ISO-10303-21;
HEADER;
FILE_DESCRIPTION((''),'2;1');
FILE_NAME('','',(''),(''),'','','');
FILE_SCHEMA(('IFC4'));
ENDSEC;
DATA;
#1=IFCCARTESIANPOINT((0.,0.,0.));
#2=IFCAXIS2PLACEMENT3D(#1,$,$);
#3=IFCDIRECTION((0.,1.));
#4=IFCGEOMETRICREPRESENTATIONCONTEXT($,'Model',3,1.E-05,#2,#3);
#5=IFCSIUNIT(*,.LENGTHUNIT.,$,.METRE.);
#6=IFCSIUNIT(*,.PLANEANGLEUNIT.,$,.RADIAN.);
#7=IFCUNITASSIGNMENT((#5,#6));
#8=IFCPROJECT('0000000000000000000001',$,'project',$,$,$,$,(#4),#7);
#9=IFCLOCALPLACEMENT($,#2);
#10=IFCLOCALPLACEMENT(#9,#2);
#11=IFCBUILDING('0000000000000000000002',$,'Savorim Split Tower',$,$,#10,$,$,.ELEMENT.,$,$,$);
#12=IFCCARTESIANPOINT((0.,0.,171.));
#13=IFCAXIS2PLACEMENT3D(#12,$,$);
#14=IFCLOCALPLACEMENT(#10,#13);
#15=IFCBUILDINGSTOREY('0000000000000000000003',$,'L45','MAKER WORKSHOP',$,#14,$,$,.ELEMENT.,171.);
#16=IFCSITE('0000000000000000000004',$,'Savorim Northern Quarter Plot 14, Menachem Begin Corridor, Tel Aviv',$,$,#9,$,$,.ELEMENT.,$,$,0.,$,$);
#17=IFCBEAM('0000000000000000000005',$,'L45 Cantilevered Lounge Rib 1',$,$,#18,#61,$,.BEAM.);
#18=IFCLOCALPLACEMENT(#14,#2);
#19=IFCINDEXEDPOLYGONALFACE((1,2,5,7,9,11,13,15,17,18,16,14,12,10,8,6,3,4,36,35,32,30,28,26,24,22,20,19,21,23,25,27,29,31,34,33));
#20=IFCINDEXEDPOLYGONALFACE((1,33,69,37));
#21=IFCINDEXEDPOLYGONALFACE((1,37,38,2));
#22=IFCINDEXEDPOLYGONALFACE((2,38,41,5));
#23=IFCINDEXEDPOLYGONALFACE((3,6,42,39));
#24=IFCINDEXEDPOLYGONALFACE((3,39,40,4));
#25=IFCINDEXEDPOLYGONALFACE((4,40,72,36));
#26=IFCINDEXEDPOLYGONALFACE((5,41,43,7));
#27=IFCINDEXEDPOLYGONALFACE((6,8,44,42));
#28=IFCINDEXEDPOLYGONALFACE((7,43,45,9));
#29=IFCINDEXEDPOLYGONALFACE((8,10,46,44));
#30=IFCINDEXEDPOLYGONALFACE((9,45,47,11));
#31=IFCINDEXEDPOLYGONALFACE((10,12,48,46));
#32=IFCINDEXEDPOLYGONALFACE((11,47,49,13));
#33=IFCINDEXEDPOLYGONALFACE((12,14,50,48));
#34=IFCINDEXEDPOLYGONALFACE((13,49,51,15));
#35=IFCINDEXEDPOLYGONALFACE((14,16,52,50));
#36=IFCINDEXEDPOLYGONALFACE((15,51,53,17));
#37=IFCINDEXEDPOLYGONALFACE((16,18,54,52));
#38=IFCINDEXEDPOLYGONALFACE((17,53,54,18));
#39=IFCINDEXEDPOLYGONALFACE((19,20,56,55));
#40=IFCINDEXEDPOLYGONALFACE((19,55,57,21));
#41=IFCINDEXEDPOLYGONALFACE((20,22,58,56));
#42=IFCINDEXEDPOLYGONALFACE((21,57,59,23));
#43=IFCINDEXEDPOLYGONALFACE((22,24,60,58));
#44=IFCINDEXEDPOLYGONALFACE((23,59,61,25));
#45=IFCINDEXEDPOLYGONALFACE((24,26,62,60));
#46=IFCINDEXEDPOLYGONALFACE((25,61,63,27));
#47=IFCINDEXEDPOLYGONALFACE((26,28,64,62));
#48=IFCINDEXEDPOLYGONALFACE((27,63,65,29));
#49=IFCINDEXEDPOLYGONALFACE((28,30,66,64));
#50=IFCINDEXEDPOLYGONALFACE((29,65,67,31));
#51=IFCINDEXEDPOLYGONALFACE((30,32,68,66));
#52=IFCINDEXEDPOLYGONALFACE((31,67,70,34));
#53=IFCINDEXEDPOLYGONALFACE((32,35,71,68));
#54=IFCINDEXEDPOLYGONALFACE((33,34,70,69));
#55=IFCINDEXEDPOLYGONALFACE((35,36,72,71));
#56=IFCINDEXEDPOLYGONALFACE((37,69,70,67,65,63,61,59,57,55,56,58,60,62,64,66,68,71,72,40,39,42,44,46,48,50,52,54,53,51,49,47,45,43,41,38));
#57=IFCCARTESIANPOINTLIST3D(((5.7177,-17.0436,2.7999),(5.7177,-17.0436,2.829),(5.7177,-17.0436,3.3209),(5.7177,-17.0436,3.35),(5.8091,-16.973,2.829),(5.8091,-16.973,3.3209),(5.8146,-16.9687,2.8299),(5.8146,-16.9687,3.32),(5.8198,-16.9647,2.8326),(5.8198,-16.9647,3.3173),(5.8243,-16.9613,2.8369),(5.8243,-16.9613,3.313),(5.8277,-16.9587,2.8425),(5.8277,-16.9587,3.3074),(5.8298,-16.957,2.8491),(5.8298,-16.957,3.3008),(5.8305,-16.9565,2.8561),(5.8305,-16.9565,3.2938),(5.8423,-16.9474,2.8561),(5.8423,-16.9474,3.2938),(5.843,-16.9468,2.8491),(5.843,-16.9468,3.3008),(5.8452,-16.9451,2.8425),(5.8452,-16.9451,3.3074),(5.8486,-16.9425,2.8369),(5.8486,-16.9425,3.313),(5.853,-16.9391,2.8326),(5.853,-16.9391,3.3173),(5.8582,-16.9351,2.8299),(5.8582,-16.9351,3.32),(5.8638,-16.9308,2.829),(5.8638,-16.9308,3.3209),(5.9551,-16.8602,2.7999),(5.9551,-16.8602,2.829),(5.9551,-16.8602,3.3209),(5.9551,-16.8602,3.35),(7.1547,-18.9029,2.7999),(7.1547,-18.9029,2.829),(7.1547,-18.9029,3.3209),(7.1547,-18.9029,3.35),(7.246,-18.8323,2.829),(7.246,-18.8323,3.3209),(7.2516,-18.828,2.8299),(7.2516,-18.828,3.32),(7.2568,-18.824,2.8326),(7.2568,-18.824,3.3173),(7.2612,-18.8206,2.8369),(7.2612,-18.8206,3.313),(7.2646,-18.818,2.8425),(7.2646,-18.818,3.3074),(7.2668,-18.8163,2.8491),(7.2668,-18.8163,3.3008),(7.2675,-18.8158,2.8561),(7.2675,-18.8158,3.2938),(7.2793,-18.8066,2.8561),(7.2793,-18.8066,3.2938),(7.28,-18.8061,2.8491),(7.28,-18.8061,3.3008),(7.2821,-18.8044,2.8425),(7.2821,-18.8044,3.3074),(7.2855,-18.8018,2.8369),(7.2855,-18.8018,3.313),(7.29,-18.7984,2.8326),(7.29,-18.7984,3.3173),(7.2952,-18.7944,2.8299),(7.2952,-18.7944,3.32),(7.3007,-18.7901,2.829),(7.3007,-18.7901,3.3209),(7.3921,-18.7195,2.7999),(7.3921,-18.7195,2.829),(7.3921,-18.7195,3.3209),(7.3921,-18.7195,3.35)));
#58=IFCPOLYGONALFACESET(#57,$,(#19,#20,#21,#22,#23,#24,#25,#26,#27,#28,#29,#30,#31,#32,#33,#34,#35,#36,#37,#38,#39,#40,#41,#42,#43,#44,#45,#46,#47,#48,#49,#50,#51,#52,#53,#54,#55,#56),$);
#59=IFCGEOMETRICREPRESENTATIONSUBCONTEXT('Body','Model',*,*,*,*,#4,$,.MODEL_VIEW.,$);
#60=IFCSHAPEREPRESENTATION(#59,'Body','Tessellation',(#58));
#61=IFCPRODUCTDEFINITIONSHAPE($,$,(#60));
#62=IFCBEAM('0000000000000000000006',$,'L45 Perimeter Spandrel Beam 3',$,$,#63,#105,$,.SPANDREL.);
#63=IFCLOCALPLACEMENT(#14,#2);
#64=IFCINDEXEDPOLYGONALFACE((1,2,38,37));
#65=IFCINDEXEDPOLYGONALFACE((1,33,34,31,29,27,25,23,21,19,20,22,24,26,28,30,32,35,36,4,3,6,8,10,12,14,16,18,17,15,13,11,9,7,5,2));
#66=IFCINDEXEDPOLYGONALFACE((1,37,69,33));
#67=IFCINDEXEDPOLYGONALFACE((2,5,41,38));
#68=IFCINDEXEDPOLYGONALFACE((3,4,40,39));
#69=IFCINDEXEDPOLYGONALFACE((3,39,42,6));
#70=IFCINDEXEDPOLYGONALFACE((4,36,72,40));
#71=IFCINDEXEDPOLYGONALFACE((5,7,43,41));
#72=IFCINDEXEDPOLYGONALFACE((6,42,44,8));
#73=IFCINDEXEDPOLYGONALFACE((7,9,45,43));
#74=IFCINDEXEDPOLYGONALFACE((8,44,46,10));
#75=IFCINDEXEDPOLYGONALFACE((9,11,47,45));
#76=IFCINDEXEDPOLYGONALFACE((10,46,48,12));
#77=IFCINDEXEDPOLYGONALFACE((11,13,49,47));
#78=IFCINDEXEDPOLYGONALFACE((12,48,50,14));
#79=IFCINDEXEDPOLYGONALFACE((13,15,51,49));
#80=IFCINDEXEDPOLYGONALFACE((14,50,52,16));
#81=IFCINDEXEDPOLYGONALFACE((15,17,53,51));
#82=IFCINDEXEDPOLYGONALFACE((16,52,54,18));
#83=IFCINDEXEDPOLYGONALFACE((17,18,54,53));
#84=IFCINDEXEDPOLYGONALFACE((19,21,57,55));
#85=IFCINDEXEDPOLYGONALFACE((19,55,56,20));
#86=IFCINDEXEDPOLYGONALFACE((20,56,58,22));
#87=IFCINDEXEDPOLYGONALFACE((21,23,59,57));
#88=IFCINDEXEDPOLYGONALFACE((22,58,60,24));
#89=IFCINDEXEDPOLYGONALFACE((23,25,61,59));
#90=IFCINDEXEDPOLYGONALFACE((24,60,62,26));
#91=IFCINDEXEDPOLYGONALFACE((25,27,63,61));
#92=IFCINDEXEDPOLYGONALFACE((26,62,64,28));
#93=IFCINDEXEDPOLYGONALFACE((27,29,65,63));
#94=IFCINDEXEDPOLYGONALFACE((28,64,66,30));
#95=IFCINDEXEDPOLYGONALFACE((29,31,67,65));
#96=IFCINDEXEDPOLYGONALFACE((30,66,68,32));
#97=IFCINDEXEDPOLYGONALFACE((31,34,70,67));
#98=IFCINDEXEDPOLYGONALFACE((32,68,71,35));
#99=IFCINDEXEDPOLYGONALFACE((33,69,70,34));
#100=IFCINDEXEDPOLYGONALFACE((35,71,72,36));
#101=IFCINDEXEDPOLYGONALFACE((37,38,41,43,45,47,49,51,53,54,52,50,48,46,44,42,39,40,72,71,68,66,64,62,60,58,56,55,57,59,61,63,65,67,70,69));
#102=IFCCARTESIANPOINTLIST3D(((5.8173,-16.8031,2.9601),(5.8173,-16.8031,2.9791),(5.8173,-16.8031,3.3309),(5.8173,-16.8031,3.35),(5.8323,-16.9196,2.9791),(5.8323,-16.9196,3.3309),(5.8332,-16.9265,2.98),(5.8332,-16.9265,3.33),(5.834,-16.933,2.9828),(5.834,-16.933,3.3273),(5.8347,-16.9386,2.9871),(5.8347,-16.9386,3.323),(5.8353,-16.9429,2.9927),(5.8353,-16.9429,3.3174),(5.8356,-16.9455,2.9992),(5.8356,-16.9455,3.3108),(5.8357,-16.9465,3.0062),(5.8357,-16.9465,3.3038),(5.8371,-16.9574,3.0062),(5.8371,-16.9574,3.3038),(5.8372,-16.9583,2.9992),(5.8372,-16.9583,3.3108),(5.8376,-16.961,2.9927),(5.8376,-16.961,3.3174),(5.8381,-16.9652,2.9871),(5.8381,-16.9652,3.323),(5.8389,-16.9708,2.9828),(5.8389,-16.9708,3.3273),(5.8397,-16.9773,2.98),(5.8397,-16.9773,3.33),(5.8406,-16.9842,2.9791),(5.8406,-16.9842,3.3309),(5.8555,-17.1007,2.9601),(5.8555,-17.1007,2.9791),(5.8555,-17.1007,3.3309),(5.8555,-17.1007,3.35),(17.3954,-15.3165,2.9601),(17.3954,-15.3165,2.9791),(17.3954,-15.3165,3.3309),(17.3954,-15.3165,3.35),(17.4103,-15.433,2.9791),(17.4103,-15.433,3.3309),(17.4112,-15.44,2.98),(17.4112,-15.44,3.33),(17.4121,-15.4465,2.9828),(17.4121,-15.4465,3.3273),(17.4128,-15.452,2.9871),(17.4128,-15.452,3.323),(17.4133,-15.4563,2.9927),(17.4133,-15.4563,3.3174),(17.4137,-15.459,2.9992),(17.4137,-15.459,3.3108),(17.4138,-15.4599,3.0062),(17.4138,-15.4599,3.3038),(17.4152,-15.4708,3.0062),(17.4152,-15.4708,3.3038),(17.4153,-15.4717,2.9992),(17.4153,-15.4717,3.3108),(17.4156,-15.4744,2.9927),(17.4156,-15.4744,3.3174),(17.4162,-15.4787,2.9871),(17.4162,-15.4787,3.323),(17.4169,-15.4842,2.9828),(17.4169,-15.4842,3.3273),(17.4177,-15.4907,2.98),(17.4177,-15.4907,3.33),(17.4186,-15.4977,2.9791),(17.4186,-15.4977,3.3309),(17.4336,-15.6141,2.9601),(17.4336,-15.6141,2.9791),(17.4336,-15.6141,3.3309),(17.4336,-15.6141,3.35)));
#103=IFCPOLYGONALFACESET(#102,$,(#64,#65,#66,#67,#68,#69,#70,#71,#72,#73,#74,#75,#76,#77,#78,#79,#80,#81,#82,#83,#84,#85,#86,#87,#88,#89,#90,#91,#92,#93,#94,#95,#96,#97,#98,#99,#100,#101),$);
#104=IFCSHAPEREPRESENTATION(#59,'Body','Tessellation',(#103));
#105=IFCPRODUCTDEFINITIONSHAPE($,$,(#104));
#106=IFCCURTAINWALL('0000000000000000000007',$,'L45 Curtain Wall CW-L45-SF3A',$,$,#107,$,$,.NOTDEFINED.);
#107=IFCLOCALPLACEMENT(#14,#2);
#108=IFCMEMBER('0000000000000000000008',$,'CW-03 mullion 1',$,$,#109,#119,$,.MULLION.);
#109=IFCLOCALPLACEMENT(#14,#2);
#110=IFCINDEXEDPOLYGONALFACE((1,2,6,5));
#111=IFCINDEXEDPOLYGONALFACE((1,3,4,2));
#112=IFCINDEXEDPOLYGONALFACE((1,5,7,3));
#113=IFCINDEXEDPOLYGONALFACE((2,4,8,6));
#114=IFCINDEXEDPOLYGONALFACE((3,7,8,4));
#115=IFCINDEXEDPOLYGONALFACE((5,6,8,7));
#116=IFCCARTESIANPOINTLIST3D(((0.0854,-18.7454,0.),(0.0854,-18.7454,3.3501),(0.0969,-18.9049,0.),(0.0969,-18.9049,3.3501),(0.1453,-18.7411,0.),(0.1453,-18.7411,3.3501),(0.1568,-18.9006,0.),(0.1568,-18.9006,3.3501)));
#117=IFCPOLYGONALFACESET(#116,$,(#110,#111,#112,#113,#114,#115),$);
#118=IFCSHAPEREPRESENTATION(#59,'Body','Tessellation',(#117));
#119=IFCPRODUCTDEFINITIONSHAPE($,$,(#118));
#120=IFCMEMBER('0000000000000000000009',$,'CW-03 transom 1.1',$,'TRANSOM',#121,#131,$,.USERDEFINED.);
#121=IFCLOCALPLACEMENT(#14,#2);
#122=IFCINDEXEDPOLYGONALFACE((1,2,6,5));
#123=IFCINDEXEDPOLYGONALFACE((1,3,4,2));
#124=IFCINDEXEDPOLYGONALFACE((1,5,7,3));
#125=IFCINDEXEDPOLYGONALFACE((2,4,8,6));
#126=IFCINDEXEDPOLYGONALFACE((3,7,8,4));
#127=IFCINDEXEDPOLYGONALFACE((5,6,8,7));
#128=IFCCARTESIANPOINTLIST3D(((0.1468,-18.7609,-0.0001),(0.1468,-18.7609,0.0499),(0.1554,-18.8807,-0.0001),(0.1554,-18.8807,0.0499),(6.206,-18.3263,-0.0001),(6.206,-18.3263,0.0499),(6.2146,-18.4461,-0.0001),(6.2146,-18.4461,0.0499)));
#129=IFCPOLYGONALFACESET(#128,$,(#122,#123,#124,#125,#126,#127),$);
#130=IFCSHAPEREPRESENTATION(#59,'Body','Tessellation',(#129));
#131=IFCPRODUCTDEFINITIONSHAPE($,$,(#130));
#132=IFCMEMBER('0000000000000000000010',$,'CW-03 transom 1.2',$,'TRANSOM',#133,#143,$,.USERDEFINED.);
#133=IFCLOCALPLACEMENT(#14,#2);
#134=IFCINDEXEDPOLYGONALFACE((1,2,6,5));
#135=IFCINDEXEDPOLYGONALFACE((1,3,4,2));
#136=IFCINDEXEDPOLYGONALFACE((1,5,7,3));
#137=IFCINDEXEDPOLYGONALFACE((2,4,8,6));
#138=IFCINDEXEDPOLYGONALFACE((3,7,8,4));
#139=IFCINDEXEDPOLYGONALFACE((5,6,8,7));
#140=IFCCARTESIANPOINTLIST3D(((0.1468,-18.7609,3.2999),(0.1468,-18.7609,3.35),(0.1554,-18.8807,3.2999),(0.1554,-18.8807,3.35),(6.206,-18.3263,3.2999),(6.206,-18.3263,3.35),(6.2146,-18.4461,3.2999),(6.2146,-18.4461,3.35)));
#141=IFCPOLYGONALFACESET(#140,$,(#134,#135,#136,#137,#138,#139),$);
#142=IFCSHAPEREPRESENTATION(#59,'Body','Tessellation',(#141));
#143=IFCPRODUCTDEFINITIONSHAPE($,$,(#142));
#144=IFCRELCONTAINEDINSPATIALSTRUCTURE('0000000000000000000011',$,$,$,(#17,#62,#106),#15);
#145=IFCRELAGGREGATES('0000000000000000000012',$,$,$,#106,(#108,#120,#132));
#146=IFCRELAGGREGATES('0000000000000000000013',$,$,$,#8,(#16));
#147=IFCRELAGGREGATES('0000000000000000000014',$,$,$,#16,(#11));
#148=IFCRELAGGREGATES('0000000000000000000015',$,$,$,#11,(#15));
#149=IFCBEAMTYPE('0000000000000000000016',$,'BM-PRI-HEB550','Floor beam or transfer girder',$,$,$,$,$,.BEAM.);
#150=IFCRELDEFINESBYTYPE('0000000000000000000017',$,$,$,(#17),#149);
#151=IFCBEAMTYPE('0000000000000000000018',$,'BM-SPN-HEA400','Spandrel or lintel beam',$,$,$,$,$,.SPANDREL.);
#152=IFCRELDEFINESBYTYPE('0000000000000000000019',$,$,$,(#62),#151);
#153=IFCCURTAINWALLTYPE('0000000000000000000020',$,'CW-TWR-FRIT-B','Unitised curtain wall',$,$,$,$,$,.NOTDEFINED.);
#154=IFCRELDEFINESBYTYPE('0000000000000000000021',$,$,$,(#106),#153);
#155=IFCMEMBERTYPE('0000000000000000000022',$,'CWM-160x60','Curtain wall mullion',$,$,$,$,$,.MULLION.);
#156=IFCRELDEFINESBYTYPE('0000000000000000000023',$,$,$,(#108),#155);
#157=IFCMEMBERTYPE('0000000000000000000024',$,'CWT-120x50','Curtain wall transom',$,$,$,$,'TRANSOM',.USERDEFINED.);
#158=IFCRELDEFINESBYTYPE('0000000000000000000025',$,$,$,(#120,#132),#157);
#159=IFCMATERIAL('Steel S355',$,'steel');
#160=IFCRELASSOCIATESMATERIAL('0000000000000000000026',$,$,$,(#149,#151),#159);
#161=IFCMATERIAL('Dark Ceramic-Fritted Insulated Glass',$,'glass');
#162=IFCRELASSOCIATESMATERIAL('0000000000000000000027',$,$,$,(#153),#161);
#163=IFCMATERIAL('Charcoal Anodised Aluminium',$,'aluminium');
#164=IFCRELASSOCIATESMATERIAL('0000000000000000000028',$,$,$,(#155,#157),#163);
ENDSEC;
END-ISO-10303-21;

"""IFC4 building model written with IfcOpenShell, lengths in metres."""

from ifc_helpers import new_model, si_unit, direction, frame, origin, origin_2d, place, context, subcontext, project, spatial, rectangle, i_section, extrude, material, material_profile, profile_set, type_object, element, aggregate, save


model = new_model("IFC4")

# Units and contexts
model_context = context("Model", 3, precision=1e-05, world=origin(), true_north=direction((0.0, 1.0)))
body_context = subcontext(model_context, "Body", "Model", "MODEL_VIEW")
ifc_project = project(units=[si_unit("LENGTHUNIT", "METRE"), si_unit("PLANEANGLEUNIT", "RADIAN")], contexts=[model_context])

# Site, building, storey
site_placement = place(None, origin())
site = spatial("IfcSite", under=ifc_project, at=site_placement, Name="Savorim Northern Quarter Plot 14, Menachem Begin Corridor, Tel Aviv", CompositionType="ELEMENT", RefElevation=0.0)
building_placement = place(site_placement, origin())
building = spatial("IfcBuilding", under=site, at=building_placement, Name="Savorim Split Tower", CompositionType="ELEMENT")
storey_placement = place(building_placement, frame((0.0, 0.0, 171.0)))
storey = spatial("IfcBuildingStorey", under=building, at=storey_placement, Name="L45", Description="MAKER WORKSHOP", CompositionType="ELEMENT", Elevation=171.0)

# Beams
ifc_material_1 = material(Name="Steel S355", Category="steel")
ifc_material_profile_1 = material_profile(ifc_material_1, i_section(OverallWidth=0.3, OverallDepth=0.55, WebThickness=0.0149, FlangeThickness=0.0291, FilletRadius=0.0271, at=origin_2d()), Name="HEB 550")
ifc_profile_set_1 = profile_set([ifc_material_profile_1], Name="Steel S355")
beam_type_1 = type_object("IfcBeamType", Name="BM-PRI-HEB550", Description="Floor beam or transfer girder", PredefinedType="BEAM", material=ifc_profile_set_1)
beam_1_placement = place(storey_placement, frame((5.8364, -16.9519, 3.075), z_axis=(0.611507, -0.791239, 0.0), x_axis=(0.791239, 0.611507, 0.0)))
element("IfcBeam", 1, at=beam_1_placement, inside=storey, type_object=beam_type_1, Name="L45 Cantilevered Lounge Rib 1", PredefinedType="BEAM", context=body_context, shape_type="SweptSolid", body=[
    extrude(i_section(OverallWidth=0.3, OverallDepth=0.55, WebThickness=0.0149, FlangeThickness=0.0291, FilletRadius=0.0271, at=origin_2d()), origin(), (0.0, 0.0, 1.0), 2.3499),
])
ifc_material_profile_2 = material_profile(ifc_material_1, i_section(OverallWidth=0.3, OverallDepth=0.3899, WebThickness=0.011, FlangeThickness=0.019, FilletRadius=0.0271, at=origin_2d()), Name="HEA 400")
ifc_profile_set_2 = profile_set([ifc_material_profile_2], Name="Steel S355")
beam_type_2 = type_object("IfcBeamType", Name="BM-SPN-HEA400", Description="Spandrel or lintel beam", PredefinedType="SPANDREL", material=ifc_profile_set_2)
beam_2_placement = place(storey_placement, frame((5.8364, -16.9519, 3.155), z_axis=(0.991858, 0.12735, 0.0), x_axis=(-0.12735, 0.991858, 0.0)))
element("IfcBeam", 2, at=beam_2_placement, inside=storey, type_object=beam_type_2, Name="L45 Perimeter Spandrel Beam 3", PredefinedType="SPANDREL", context=body_context, shape_type="SweptSolid", body=[
    extrude(i_section(OverallWidth=0.3, OverallDepth=0.3899, WebThickness=0.011, FlangeThickness=0.019, FilletRadius=0.0271, at=origin_2d()), origin(), (0.0, 0.0, 1.0), 11.6731),
])

# Curtain wall, members
ifc_material_2 = material(Name="Dark Ceramic-Fritted Insulated Glass", Category="glass")
curtain_wall_type = type_object("IfcCurtainWallType", Name="CW-TWR-FRIT-B", Description="Unitised curtain wall", PredefinedType="NOTDEFINED", material=ifc_material_2)
curtain_wall_placement = place(storey_placement, origin())
curtain_wall = element("IfcCurtainWall", 3, at=curtain_wall_placement, inside=storey, type_object=curtain_wall_type, Name="L45 Curtain Wall CW-L45-SF3A", PredefinedType="NOTDEFINED")
ifc_material_3 = material(Name="Charcoal Anodised Aluminium", Category="aluminium")
ifc_material_profile_3 = material_profile(ifc_material_3, rectangle(XDim=0.1599, YDim=0.0601, at=origin_2d()), Name="ALU-M 160x60")
ifc_profile_set_3 = profile_set([ifc_material_profile_3], Name="Charcoal Anodised Aluminium")
member_type_1 = type_object("IfcMemberType", Name="CWM-160x60", Description="Curtain wall mullion", PredefinedType="MULLION", material=ifc_profile_set_3)
member_1_placement = place(storey_placement, frame((0.1211, -18.823, 0.0), z_axis=(0.0, 0.0, 1.0), x_axis=(-0.071561, 0.997436, 0.0)))
member_1 = element("IfcMember", 4, at=member_1_placement, type_object=member_type_1, Name="CW-03 mullion 1", PredefinedType="MULLION", context=body_context, shape_type="SweptSolid", body=[
    extrude(rectangle(XDim=0.1599, YDim=0.0601, at=origin_2d()), origin(), (0.0, 0.0, 1.0), 3.3501),
])
ifc_material_profile_4 = material_profile(ifc_material_3, rectangle(XDim=0.1201, YDim=0.05, at=origin_2d()), Name="ALU-T 120x50")
ifc_profile_set_4 = profile_set([ifc_material_profile_4], Name="Charcoal Anodised Aluminium")
member_type_2 = type_object("IfcMemberType", Name="CWT-120x50", Description="Curtain wall transom", ElementType="TRANSOM", PredefinedType="USERDEFINED", material=ifc_profile_set_4)
member_2_placement = place(storey_placement, frame((0.1511, -18.8208, 0.0249), z_axis=(0.997438, 0.071538, 0.0), x_axis=(-0.071538, 0.997438, 0.0)))
member_2 = element("IfcMember", 5, at=member_2_placement, type_object=member_type_2, Name="CW-03 transom 1.1", ObjectType="TRANSOM", PredefinedType="USERDEFINED", context=body_context, shape_type="SweptSolid", body=[
    extrude(rectangle(XDim=0.1201, YDim=0.05, at=origin_2d()), origin(), (0.0, 0.0, 1.0), 6.0747),
])
member_3_placement = place(storey_placement, frame((0.1511, -18.8208, 3.325), z_axis=(0.997438, 0.071538, 0.0), x_axis=(-0.071538, 0.997438, 0.0)))
member_3 = element("IfcMember", 6, at=member_3_placement, type_object=member_type_2, Name="CW-03 transom 1.2", ObjectType="TRANSOM", PredefinedType="USERDEFINED", context=body_context, shape_type="SweptSolid", body=[
    extrude(rectangle(XDim=0.1201, YDim=0.05, at=origin_2d()), origin(), (0.0, 0.0, 1.0), 6.0747),
])

aggregate(curtain_wall, [member_1, member_2, member_3])

save(model, "model.ifc")
